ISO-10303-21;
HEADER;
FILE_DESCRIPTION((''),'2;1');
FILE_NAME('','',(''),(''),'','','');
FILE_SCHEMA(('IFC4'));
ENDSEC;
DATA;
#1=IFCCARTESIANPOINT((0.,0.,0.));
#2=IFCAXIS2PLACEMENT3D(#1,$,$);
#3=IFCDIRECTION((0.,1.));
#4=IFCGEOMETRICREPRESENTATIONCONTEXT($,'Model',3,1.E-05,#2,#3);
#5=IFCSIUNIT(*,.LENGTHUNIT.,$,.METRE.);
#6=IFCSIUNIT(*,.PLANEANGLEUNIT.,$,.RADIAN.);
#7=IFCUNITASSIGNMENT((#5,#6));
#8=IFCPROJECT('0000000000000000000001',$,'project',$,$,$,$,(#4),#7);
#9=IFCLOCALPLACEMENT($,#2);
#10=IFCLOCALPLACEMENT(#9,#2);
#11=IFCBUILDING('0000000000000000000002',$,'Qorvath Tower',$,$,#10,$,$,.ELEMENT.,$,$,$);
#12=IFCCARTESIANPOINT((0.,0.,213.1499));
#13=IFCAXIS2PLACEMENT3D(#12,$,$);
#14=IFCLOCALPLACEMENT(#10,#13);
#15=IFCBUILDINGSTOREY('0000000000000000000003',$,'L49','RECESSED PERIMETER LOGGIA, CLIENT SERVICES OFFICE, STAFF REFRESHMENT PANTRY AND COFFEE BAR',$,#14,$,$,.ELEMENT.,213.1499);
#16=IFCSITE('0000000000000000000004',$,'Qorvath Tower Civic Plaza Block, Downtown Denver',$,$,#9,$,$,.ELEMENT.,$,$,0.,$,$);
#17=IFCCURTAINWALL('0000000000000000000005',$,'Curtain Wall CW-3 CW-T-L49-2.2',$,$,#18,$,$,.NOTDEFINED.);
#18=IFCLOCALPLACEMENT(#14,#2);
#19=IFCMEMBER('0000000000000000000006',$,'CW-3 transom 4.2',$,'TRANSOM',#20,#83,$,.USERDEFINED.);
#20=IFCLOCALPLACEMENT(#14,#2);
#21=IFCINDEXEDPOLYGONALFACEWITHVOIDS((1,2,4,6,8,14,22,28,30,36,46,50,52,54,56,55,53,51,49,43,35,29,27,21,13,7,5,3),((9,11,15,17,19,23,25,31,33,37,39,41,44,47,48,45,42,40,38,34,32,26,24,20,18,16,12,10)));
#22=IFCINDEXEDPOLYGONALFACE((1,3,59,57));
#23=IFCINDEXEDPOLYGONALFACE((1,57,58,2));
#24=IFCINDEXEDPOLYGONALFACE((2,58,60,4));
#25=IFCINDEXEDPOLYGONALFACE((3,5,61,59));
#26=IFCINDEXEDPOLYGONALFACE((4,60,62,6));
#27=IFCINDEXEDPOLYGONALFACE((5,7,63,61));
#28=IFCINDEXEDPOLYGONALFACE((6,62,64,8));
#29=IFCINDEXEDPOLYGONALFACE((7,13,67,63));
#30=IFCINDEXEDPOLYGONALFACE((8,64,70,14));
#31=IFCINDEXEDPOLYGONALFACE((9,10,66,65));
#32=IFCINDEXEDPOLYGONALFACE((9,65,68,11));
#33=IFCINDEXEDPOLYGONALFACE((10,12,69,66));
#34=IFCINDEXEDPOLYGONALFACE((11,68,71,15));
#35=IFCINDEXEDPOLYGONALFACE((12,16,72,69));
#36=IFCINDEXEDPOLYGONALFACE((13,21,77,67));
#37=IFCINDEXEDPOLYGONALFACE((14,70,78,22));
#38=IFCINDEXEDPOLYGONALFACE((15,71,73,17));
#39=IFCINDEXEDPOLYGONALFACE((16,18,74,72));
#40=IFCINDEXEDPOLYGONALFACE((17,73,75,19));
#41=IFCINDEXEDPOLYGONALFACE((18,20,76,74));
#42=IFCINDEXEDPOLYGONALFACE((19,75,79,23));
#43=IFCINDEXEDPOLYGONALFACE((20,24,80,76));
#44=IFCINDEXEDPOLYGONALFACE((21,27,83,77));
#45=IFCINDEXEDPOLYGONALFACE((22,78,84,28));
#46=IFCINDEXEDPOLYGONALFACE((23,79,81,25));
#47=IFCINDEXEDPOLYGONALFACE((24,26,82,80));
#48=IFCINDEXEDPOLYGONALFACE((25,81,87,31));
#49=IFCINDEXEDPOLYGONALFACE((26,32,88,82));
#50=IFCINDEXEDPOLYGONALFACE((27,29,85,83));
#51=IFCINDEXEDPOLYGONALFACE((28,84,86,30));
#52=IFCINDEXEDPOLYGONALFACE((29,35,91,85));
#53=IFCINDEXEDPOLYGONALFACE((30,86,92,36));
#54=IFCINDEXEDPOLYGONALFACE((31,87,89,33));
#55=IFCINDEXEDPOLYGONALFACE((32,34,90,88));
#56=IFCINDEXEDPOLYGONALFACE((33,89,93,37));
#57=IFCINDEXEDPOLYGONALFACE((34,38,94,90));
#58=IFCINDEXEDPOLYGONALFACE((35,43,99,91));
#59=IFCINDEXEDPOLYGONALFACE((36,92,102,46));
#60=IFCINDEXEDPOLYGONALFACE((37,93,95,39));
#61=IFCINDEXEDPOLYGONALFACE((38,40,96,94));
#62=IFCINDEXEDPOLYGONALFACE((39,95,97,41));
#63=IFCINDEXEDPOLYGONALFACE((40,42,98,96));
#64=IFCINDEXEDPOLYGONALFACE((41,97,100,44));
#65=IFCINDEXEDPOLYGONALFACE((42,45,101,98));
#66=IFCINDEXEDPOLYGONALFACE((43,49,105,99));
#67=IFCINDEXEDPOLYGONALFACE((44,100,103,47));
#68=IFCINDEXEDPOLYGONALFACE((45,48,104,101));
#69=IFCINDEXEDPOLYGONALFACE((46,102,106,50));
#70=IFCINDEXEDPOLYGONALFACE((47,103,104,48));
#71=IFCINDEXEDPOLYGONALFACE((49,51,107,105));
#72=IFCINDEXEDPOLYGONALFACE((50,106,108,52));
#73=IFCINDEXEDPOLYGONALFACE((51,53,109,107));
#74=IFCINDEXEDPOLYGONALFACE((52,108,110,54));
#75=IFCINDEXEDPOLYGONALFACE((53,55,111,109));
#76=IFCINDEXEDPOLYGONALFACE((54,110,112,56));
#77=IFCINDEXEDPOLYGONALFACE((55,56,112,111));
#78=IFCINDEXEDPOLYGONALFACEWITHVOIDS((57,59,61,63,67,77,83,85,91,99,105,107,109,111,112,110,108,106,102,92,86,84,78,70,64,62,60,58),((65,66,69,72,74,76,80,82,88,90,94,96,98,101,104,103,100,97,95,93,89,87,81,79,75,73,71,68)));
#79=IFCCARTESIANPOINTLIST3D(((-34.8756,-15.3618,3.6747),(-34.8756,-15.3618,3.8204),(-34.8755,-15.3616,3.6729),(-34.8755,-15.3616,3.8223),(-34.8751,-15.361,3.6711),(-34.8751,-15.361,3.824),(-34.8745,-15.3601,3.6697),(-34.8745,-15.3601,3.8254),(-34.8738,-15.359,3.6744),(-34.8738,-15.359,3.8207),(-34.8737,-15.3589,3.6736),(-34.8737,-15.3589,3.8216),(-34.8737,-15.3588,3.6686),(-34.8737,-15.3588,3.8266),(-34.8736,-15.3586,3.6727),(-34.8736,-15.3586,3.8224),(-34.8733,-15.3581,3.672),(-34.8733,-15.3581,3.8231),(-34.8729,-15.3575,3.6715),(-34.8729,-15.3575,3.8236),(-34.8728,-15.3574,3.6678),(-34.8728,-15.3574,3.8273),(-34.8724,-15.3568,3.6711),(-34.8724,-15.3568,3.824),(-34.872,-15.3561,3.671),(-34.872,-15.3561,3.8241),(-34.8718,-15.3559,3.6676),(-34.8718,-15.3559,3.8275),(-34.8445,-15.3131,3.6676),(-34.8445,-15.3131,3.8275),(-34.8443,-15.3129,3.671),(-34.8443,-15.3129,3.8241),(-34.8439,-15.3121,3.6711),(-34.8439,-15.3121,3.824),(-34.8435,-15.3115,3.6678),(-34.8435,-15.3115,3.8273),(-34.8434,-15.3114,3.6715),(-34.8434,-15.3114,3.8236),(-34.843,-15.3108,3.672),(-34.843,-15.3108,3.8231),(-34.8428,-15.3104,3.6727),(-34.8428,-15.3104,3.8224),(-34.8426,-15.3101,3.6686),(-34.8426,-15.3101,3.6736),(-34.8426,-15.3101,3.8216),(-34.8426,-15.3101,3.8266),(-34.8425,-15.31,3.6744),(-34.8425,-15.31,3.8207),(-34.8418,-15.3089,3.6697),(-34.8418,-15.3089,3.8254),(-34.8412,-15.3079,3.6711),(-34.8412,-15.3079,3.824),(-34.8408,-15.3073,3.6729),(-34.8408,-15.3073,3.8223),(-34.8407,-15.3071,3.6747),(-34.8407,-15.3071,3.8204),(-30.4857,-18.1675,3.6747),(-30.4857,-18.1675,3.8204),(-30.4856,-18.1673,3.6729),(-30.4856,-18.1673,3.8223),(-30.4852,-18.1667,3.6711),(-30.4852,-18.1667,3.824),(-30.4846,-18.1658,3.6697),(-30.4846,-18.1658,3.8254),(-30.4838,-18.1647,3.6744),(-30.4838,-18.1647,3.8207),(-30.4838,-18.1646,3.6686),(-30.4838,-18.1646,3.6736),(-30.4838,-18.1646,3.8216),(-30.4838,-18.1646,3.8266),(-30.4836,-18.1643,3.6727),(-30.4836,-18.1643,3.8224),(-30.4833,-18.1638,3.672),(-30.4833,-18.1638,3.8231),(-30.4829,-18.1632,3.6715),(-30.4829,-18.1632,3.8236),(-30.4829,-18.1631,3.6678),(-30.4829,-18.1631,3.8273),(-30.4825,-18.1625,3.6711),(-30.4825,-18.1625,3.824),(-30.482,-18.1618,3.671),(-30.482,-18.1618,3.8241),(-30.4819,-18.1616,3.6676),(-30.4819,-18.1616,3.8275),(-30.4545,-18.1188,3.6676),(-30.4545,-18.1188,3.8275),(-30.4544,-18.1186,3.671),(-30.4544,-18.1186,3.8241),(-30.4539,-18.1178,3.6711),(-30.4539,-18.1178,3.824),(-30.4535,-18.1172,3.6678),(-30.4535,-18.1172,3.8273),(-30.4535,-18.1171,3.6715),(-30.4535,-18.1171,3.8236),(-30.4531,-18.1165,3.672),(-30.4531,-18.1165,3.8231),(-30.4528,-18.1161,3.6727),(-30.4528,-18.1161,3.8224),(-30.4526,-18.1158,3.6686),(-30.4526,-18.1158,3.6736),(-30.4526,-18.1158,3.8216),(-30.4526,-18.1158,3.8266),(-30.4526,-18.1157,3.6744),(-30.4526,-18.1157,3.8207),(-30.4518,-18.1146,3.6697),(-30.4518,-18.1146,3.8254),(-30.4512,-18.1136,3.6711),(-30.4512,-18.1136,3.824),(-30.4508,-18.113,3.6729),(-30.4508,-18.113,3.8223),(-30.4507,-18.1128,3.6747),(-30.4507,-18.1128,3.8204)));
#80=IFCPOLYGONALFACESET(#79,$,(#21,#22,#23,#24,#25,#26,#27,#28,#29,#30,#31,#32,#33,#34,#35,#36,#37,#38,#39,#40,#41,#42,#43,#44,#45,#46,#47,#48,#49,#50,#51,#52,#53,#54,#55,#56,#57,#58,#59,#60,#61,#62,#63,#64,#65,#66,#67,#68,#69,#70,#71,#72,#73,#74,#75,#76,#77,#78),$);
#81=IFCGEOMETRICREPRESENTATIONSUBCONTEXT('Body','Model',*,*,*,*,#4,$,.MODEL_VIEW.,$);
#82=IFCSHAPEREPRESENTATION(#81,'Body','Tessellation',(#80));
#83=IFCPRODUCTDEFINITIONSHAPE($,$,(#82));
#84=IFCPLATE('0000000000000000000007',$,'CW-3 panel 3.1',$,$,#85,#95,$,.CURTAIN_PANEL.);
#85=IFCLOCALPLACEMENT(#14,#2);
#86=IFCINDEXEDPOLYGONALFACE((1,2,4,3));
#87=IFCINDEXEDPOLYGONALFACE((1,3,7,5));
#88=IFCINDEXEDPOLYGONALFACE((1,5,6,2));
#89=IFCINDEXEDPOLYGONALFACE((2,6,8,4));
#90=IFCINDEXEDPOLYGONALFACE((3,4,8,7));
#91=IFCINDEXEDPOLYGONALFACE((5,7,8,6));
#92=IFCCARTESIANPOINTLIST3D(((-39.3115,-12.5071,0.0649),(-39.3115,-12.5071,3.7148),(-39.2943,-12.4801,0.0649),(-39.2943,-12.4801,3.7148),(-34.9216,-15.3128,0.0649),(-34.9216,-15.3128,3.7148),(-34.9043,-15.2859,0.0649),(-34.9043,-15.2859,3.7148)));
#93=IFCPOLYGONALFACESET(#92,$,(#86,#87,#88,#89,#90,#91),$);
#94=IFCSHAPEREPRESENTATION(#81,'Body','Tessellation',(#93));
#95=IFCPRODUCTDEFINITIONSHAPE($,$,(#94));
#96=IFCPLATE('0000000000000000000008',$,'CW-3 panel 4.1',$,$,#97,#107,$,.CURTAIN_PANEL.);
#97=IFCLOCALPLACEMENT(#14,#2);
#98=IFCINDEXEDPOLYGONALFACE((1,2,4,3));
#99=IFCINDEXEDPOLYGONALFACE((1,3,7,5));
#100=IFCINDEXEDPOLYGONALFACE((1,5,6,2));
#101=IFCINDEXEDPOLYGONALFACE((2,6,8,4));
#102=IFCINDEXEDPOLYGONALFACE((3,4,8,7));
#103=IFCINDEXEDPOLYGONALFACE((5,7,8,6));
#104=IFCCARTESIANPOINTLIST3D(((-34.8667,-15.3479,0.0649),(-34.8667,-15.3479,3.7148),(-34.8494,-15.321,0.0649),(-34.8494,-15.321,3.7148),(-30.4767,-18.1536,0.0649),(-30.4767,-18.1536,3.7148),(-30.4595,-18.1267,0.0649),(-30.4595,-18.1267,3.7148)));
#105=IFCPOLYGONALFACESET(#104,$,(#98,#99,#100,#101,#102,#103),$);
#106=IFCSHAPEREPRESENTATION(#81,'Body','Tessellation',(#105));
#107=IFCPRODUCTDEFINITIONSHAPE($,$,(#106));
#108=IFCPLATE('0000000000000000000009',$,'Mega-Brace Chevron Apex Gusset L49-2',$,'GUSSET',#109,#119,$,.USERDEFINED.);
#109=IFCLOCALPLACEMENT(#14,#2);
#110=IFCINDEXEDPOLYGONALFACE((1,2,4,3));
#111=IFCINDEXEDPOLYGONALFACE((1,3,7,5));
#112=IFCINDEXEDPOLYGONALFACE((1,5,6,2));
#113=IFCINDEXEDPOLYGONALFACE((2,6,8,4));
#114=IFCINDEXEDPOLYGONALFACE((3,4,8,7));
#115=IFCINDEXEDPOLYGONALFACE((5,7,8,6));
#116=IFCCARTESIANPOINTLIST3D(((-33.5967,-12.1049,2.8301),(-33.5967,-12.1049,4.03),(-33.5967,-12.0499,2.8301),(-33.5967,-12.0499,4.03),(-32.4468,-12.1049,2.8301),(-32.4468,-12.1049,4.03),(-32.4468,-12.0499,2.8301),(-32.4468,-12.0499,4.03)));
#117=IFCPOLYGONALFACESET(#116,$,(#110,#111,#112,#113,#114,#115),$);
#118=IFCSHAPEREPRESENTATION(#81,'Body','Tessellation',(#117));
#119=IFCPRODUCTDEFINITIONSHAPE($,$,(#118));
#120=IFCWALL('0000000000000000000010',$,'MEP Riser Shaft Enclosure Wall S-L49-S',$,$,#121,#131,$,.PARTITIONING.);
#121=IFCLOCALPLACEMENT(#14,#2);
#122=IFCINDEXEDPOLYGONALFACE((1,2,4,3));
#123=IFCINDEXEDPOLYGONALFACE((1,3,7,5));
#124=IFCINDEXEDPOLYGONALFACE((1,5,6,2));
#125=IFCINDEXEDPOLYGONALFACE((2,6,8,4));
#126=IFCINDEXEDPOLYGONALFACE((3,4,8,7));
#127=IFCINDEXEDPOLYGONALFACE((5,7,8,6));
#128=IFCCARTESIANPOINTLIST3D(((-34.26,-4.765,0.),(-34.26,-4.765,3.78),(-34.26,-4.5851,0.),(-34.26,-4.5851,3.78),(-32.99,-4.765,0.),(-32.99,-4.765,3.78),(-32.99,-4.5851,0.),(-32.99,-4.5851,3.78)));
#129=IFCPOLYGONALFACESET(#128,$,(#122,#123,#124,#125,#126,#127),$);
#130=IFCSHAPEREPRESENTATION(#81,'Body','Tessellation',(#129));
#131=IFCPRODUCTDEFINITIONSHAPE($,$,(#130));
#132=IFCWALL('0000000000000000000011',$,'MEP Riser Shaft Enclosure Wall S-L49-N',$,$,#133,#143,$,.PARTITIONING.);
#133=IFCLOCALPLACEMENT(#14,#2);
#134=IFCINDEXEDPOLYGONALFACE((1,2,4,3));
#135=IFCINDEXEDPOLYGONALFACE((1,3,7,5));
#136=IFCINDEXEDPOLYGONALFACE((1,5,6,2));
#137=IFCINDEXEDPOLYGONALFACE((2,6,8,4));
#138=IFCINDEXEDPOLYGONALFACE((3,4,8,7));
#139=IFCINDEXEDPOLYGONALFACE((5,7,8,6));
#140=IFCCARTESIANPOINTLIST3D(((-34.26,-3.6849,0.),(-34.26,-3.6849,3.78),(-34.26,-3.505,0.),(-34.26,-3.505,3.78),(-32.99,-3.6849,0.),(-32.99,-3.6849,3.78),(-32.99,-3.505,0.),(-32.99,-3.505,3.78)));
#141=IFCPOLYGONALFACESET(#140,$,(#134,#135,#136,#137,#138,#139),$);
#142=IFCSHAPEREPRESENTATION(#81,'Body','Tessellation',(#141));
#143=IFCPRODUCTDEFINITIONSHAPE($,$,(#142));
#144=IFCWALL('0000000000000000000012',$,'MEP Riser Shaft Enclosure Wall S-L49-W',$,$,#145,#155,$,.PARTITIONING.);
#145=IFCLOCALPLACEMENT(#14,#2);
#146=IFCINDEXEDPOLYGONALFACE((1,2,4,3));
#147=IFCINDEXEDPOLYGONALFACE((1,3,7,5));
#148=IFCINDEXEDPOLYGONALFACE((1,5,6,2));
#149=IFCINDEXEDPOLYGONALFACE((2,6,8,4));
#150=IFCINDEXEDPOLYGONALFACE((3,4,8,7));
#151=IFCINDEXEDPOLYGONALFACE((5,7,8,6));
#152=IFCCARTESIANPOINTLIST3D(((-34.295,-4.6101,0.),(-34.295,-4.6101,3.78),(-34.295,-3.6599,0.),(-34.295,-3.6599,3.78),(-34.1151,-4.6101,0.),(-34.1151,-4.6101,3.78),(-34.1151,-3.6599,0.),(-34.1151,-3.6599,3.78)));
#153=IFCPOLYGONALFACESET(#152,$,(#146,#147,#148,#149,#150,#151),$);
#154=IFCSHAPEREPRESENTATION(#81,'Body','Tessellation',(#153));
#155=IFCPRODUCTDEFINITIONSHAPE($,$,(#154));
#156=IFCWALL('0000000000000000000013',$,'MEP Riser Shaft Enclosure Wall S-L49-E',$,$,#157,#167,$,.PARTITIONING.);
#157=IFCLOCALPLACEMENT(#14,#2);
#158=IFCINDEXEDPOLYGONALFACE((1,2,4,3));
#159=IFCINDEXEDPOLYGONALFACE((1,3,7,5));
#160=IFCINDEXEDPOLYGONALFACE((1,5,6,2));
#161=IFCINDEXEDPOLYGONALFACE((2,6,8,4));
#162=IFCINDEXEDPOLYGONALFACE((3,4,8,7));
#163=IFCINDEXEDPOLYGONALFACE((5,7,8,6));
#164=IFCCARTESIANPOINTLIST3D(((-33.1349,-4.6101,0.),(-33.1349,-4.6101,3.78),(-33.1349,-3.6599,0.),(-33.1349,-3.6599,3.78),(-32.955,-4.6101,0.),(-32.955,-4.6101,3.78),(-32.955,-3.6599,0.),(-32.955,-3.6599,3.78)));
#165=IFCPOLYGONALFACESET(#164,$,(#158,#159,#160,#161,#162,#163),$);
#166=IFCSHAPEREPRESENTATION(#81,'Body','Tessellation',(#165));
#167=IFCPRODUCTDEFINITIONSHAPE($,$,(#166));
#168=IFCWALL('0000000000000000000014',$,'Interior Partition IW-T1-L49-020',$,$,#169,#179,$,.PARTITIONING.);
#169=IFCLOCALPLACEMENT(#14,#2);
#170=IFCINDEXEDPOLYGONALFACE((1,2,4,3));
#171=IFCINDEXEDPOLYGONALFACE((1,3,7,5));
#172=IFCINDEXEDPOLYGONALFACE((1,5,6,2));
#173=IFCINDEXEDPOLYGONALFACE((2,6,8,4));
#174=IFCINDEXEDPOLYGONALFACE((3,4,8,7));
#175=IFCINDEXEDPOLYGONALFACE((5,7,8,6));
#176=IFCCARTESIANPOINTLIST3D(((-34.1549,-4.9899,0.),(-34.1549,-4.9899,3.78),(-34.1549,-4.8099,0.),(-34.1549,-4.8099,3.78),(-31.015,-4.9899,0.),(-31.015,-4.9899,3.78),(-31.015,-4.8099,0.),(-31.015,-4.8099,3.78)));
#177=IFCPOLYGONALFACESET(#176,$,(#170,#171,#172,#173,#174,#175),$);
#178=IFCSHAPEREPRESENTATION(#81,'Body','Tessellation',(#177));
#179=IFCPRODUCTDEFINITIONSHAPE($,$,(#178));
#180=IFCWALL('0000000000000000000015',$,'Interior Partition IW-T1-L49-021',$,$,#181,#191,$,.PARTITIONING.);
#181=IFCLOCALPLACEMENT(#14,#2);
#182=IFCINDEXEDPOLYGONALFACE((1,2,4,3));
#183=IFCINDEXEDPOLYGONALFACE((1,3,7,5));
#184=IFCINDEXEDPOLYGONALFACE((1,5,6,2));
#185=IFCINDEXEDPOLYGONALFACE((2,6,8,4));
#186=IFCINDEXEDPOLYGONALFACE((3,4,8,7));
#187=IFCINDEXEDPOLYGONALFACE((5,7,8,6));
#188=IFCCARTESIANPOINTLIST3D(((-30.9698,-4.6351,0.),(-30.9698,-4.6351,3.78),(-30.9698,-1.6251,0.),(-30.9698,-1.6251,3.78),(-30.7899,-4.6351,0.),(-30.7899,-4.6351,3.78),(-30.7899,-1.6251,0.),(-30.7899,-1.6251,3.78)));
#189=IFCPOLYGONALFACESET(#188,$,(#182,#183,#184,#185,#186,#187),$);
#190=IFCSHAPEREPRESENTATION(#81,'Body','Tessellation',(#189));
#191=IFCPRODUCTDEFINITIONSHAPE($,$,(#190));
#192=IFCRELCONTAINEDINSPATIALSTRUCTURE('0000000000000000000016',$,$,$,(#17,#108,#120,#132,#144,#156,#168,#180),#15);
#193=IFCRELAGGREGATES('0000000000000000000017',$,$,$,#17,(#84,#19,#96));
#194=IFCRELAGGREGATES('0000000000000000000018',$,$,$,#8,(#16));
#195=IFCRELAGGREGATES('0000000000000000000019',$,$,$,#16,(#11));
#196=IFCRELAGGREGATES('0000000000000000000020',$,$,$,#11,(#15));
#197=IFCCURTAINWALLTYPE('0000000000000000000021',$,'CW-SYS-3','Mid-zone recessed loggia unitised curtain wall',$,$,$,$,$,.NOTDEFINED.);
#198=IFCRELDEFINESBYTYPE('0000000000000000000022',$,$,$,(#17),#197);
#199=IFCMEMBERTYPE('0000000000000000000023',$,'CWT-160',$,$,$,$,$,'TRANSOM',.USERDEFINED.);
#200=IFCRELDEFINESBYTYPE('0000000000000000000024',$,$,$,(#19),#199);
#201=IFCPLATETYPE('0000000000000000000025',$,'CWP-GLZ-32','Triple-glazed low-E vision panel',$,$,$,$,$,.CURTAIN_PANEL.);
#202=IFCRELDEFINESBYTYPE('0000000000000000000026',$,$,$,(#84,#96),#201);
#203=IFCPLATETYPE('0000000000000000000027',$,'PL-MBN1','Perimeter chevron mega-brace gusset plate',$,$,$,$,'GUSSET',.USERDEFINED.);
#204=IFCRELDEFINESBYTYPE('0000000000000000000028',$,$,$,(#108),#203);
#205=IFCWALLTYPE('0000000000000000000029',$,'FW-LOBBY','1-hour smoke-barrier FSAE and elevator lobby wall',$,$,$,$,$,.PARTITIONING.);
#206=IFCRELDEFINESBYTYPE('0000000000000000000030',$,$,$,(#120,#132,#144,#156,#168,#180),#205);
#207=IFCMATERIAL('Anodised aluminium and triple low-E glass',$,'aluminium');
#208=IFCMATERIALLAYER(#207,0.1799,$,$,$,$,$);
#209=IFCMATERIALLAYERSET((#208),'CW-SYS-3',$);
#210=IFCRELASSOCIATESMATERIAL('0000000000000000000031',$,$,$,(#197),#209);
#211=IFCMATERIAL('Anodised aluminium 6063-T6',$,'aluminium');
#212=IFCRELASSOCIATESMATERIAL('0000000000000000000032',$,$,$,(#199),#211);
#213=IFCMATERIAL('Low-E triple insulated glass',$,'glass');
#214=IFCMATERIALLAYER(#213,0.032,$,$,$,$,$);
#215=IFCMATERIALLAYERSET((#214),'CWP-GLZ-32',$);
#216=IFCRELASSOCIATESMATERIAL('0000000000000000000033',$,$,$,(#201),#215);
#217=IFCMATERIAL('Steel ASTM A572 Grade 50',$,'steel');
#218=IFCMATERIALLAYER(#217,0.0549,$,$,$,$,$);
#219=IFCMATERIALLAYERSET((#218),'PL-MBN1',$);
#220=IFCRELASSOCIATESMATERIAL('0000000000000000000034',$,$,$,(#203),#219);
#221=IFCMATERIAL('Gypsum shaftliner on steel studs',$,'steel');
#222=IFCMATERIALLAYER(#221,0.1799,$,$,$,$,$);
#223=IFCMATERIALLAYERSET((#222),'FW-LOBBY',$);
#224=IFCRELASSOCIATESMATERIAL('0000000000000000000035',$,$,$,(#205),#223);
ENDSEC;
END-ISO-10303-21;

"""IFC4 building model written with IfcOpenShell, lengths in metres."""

from ifc_helpers import new_model, si_unit, direction, frame, frame_2d, origin, origin_2d, place, context, subcontext, project, spatial, rectangle, hollow_rectangle, extrude, material, layer, layer_set, material_profile, profile_set, type_object, element, aggregate, save


model = new_model("IFC4")

# Units and contexts
model_context = context("Model", 3, precision=1e-05, world=origin(), true_north=direction((0.0, 1.0)))
body_context = subcontext(model_context, "Body", "Model", "MODEL_VIEW")
ifc_project = project(units=[si_unit("LENGTHUNIT", "METRE"), si_unit("PLANEANGLEUNIT", "RADIAN")], contexts=[model_context])

# Site, building, storey
site_placement = place(None, origin())
site = spatial("IfcSite", under=ifc_project, at=site_placement, Name="Qorvath Tower Civic Plaza Block, Downtown Denver", CompositionType="ELEMENT", RefElevation=0.0)
building_placement = place(site_placement, origin())
building = spatial("IfcBuilding", under=site, at=building_placement, Name="Qorvath Tower", CompositionType="ELEMENT")
storey_placement = place(building_placement, frame((0.0, 0.0, 213.1499)))
storey = spatial("IfcBuildingStorey", under=building, at=storey_placement, Name="L49", Description="RECESSED PERIMETER LOGGIA, CLIENT SERVICES OFFICE, STAFF REFRESHMENT PANTRY AND COFFEE BAR", CompositionType="ELEMENT", Elevation=213.1499)

# Curtain wall, member, plates
ifc_material_1 = material(Name="Anodised aluminium and triple low-E glass", Category="aluminium")
ifc_layer_1 = layer(ifc_material_1, 0.1799)
ifc_layer_set_1 = layer_set([ifc_layer_1], Name="CW-SYS-3")
curtain_wall_type = type_object("IfcCurtainWallType", Name="CW-SYS-3", Description="Mid-zone recessed loggia unitised curtain wall", PredefinedType="NOTDEFINED", material=ifc_layer_set_1)
curtain_wall_placement = place(storey_placement, origin())
curtain_wall = element("IfcCurtainWall", 1, at=curtain_wall_placement, inside=storey, type_object=curtain_wall_type, Name="Curtain Wall CW-3 CW-T-L49-2.2", PredefinedType="NOTDEFINED")
ifc_material_2 = material(Name="Anodised aluminium 6063-T6", Category="aluminium")
ifc_material_profile_1 = material_profile(ifc_material_2, hollow_rectangle(XDim=0.0649, YDim=0.1599, WallThickness=0.0034, InnerFilletRadius=0.0034, OuterFilletRadius=0.0071, at=origin_2d()), Name="CWT 160x65")
ifc_profile_set_1 = profile_set([ifc_material_profile_1], Name="Anodised aluminium 6063-T6")
member_type_1 = type_object("IfcMemberType", Name="CWT-160", ElementType="TRANSOM", PredefinedType="USERDEFINED", material=ifc_profile_set_1)
member_1_placement = place(storey_placement, frame((-34.8582, -15.3345, 3.7476), z_axis=(0.842608, -0.538527, 0.0), x_axis=(0.538527, 0.842608, 0.0)))
member_1 = element("IfcMember", 2, at=member_1_placement, type_object=member_type_1, Name="CW-3 transom 4.2", ObjectType="TRANSOM", PredefinedType="USERDEFINED", context=body_context, shape_type="SweptSolid", body=[
    extrude(hollow_rectangle(XDim=0.0649, YDim=0.1599, WallThickness=0.0034, InnerFilletRadius=0.0034, OuterFilletRadius=0.0071, at=origin_2d()), origin(), (0.0, 0.0, 1.0), 5.21),
])
ifc_material_3 = material(Name="Low-E triple insulated glass", Category="glass")
ifc_layer_2 = layer(ifc_material_3, 0.032)
ifc_layer_set_2 = layer_set([ifc_layer_2], Name="CWP-GLZ-32")
plate_type_1 = type_object("IfcPlateType", Name="CWP-GLZ-32", Description="Triple-glazed low-E vision panel", PredefinedType="CURTAIN_PANEL", material=ifc_layer_set_2)
plate_1_placement = place(storey_placement, frame((-37.1079, -13.8965, 0.0649), z_axis=(0.0, 0.0, 1.0), x_axis=(0.842605, -0.538533, 0.0)))
plate_1 = element("IfcPlate", 3, at=plate_1_placement, type_object=plate_type_1, Name="CW-3 panel 3.1", PredefinedType="CURTAIN_PANEL", context=body_context, shape_type="SweptSolid", body=[
    extrude(rectangle(XDim=5.21, YDim=0.032, at=origin_2d()), origin(), (0.0, 0.0, 1.0), 3.6499),
])
plate_2_placement = place(storey_placement, frame((-32.6631, -16.7373, 0.0649), z_axis=(0.0, 0.0, 1.0), x_axis=(0.842605, -0.538533, 0.0)))
plate_2 = element("IfcPlate", 4, at=plate_2_placement, type_object=plate_type_1, Name="CW-3 panel 4.1", PredefinedType="CURTAIN_PANEL", context=body_context, shape_type="SweptSolid", body=[
    extrude(rectangle(XDim=5.21, YDim=0.032, at=origin_2d()), origin(), (0.0, 0.0, 1.0), 3.6499),
])
aggregate(curtain_wall, [plate_1, member_1, plate_2])

# Plate
ifc_material_4 = material(Name="Steel ASTM A572 Grade 50", Category="steel")
ifc_layer_3 = layer(ifc_material_4, 0.0549)
ifc_layer_set_3 = layer_set([ifc_layer_3], Name="PL-MBN1")
plate_type_2 = type_object("IfcPlateType", Name="PL-MBN1", Description="Perimeter chevron mega-brace gusset plate", ElementType="GUSSET", PredefinedType="USERDEFINED", material=ifc_layer_set_3)
plate_3_placement = place(storey_placement, frame((-33.0217, -12.0774, 2.8301), z_axis=(0.0, 0.0, 1.0), x_axis=(1.0, 0.0, 0.0)))
element("IfcPlate", 5, at=plate_3_placement, inside=storey, type_object=plate_type_2, Name="Mega-Brace Chevron Apex Gusset L49-2", ObjectType="GUSSET", PredefinedType="USERDEFINED", context=body_context, shape_type="SweptSolid", body=[
    extrude(rectangle(XDim=1.1499, YDim=0.0549, at=origin_2d()), origin(), (0.0, 0.0, 1.0), 1.2),
])

# Walls
ifc_material_5 = material(Name="Gypsum shaftliner on steel studs", Category="steel")
ifc_layer_4 = layer(ifc_material_5, 0.1799)
ifc_layer_set_4 = layer_set([ifc_layer_4], Name="FW-LOBBY")
wall_type_1 = type_object("IfcWallType", Name="FW-LOBBY", Description="1-hour smoke-barrier FSAE and elevator lobby wall", PredefinedType="PARTITIONING", material=ifc_layer_set_4)
for number, where, z_axis, x_axis, name in (
    (6, (-32.99, -4.675, 0.0), (0.0, 0.0, 1.0), (-1.0, 0.0, 0.0), "MEP Riser Shaft Enclosure Wall S-L49-S"),
    (7, (-34.26, -3.595, 0.0), (0.0, 0.0, 1.0), (1.0, 0.0, 0.0), "MEP Riser Shaft Enclosure Wall S-L49-N"),
):
    element("IfcWall", number, at=place(storey_placement, frame(where, z_axis=z_axis, x_axis=x_axis)), inside=storey, type_object=wall_type_1, Name=name, PredefinedType="PARTITIONING", context=body_context, shape_type="SweptSolid", body=[
        extrude(rectangle(XDim=1.27, YDim=0.1799, at=frame_2d((0.635, 0.0))), origin(), (0.0, 0.0, 1.0), 3.78),
    ])
for number, where, z_axis, x_axis, name in (
    (8, (-34.2051, -4.6101, 0.0), (0.0, 0.0, 1.0), (0.0, 1.0, 0.0), "MEP Riser Shaft Enclosure Wall S-L49-W"),
    (9, (-33.0449, -3.6599, 0.0), (0.0, 0.0, 1.0), (0.0, -1.0, 0.0), "MEP Riser Shaft Enclosure Wall S-L49-E"),
):
    element("IfcWall", number, at=place(storey_placement, frame(where, z_axis=z_axis, x_axis=x_axis)), inside=storey, type_object=wall_type_1, Name=name, PredefinedType="PARTITIONING", context=body_context, shape_type="SweptSolid", body=[
        extrude(rectangle(XDim=0.9502, YDim=0.1799, at=frame_2d((0.4751, 0.0))), origin(), (0.0, 0.0, 1.0), 3.78),
    ])
wall_1_placement = place(storey_placement, frame((-34.1548, -4.8999, 0.0), z_axis=(0.0, 0.0, 1.0), x_axis=(1.0, 0.0, 0.0)))
element("IfcWall", 10, at=wall_1_placement, inside=storey, type_object=wall_type_1, Name="Interior Partition IW-T1-L49-020", PredefinedType="PARTITIONING", context=body_context, shape_type="SweptSolid", body=[
    extrude(rectangle(XDim=3.1399, YDim=0.1799, at=frame_2d((1.5698, 0.0))), origin(), (0.0, 0.0, 1.0), 3.78),
])
wall_2_placement = place(storey_placement, frame((-30.8799, -4.635, 0.0), z_axis=(0.0, 0.0, 1.0), x_axis=(0.0, 1.0, 0.0)))
element("IfcWall", 11, at=wall_2_placement, inside=storey, type_object=wall_type_1, Name="Interior Partition IW-T1-L49-021", PredefinedType="PARTITIONING", context=body_context, shape_type="SweptSolid", body=[
    extrude(rectangle(XDim=3.01, YDim=0.1799, at=frame_2d((1.5049, 0.0))), origin(), (0.0, 0.0, 1.0), 3.78),
])

save(model, "model.ifc")
